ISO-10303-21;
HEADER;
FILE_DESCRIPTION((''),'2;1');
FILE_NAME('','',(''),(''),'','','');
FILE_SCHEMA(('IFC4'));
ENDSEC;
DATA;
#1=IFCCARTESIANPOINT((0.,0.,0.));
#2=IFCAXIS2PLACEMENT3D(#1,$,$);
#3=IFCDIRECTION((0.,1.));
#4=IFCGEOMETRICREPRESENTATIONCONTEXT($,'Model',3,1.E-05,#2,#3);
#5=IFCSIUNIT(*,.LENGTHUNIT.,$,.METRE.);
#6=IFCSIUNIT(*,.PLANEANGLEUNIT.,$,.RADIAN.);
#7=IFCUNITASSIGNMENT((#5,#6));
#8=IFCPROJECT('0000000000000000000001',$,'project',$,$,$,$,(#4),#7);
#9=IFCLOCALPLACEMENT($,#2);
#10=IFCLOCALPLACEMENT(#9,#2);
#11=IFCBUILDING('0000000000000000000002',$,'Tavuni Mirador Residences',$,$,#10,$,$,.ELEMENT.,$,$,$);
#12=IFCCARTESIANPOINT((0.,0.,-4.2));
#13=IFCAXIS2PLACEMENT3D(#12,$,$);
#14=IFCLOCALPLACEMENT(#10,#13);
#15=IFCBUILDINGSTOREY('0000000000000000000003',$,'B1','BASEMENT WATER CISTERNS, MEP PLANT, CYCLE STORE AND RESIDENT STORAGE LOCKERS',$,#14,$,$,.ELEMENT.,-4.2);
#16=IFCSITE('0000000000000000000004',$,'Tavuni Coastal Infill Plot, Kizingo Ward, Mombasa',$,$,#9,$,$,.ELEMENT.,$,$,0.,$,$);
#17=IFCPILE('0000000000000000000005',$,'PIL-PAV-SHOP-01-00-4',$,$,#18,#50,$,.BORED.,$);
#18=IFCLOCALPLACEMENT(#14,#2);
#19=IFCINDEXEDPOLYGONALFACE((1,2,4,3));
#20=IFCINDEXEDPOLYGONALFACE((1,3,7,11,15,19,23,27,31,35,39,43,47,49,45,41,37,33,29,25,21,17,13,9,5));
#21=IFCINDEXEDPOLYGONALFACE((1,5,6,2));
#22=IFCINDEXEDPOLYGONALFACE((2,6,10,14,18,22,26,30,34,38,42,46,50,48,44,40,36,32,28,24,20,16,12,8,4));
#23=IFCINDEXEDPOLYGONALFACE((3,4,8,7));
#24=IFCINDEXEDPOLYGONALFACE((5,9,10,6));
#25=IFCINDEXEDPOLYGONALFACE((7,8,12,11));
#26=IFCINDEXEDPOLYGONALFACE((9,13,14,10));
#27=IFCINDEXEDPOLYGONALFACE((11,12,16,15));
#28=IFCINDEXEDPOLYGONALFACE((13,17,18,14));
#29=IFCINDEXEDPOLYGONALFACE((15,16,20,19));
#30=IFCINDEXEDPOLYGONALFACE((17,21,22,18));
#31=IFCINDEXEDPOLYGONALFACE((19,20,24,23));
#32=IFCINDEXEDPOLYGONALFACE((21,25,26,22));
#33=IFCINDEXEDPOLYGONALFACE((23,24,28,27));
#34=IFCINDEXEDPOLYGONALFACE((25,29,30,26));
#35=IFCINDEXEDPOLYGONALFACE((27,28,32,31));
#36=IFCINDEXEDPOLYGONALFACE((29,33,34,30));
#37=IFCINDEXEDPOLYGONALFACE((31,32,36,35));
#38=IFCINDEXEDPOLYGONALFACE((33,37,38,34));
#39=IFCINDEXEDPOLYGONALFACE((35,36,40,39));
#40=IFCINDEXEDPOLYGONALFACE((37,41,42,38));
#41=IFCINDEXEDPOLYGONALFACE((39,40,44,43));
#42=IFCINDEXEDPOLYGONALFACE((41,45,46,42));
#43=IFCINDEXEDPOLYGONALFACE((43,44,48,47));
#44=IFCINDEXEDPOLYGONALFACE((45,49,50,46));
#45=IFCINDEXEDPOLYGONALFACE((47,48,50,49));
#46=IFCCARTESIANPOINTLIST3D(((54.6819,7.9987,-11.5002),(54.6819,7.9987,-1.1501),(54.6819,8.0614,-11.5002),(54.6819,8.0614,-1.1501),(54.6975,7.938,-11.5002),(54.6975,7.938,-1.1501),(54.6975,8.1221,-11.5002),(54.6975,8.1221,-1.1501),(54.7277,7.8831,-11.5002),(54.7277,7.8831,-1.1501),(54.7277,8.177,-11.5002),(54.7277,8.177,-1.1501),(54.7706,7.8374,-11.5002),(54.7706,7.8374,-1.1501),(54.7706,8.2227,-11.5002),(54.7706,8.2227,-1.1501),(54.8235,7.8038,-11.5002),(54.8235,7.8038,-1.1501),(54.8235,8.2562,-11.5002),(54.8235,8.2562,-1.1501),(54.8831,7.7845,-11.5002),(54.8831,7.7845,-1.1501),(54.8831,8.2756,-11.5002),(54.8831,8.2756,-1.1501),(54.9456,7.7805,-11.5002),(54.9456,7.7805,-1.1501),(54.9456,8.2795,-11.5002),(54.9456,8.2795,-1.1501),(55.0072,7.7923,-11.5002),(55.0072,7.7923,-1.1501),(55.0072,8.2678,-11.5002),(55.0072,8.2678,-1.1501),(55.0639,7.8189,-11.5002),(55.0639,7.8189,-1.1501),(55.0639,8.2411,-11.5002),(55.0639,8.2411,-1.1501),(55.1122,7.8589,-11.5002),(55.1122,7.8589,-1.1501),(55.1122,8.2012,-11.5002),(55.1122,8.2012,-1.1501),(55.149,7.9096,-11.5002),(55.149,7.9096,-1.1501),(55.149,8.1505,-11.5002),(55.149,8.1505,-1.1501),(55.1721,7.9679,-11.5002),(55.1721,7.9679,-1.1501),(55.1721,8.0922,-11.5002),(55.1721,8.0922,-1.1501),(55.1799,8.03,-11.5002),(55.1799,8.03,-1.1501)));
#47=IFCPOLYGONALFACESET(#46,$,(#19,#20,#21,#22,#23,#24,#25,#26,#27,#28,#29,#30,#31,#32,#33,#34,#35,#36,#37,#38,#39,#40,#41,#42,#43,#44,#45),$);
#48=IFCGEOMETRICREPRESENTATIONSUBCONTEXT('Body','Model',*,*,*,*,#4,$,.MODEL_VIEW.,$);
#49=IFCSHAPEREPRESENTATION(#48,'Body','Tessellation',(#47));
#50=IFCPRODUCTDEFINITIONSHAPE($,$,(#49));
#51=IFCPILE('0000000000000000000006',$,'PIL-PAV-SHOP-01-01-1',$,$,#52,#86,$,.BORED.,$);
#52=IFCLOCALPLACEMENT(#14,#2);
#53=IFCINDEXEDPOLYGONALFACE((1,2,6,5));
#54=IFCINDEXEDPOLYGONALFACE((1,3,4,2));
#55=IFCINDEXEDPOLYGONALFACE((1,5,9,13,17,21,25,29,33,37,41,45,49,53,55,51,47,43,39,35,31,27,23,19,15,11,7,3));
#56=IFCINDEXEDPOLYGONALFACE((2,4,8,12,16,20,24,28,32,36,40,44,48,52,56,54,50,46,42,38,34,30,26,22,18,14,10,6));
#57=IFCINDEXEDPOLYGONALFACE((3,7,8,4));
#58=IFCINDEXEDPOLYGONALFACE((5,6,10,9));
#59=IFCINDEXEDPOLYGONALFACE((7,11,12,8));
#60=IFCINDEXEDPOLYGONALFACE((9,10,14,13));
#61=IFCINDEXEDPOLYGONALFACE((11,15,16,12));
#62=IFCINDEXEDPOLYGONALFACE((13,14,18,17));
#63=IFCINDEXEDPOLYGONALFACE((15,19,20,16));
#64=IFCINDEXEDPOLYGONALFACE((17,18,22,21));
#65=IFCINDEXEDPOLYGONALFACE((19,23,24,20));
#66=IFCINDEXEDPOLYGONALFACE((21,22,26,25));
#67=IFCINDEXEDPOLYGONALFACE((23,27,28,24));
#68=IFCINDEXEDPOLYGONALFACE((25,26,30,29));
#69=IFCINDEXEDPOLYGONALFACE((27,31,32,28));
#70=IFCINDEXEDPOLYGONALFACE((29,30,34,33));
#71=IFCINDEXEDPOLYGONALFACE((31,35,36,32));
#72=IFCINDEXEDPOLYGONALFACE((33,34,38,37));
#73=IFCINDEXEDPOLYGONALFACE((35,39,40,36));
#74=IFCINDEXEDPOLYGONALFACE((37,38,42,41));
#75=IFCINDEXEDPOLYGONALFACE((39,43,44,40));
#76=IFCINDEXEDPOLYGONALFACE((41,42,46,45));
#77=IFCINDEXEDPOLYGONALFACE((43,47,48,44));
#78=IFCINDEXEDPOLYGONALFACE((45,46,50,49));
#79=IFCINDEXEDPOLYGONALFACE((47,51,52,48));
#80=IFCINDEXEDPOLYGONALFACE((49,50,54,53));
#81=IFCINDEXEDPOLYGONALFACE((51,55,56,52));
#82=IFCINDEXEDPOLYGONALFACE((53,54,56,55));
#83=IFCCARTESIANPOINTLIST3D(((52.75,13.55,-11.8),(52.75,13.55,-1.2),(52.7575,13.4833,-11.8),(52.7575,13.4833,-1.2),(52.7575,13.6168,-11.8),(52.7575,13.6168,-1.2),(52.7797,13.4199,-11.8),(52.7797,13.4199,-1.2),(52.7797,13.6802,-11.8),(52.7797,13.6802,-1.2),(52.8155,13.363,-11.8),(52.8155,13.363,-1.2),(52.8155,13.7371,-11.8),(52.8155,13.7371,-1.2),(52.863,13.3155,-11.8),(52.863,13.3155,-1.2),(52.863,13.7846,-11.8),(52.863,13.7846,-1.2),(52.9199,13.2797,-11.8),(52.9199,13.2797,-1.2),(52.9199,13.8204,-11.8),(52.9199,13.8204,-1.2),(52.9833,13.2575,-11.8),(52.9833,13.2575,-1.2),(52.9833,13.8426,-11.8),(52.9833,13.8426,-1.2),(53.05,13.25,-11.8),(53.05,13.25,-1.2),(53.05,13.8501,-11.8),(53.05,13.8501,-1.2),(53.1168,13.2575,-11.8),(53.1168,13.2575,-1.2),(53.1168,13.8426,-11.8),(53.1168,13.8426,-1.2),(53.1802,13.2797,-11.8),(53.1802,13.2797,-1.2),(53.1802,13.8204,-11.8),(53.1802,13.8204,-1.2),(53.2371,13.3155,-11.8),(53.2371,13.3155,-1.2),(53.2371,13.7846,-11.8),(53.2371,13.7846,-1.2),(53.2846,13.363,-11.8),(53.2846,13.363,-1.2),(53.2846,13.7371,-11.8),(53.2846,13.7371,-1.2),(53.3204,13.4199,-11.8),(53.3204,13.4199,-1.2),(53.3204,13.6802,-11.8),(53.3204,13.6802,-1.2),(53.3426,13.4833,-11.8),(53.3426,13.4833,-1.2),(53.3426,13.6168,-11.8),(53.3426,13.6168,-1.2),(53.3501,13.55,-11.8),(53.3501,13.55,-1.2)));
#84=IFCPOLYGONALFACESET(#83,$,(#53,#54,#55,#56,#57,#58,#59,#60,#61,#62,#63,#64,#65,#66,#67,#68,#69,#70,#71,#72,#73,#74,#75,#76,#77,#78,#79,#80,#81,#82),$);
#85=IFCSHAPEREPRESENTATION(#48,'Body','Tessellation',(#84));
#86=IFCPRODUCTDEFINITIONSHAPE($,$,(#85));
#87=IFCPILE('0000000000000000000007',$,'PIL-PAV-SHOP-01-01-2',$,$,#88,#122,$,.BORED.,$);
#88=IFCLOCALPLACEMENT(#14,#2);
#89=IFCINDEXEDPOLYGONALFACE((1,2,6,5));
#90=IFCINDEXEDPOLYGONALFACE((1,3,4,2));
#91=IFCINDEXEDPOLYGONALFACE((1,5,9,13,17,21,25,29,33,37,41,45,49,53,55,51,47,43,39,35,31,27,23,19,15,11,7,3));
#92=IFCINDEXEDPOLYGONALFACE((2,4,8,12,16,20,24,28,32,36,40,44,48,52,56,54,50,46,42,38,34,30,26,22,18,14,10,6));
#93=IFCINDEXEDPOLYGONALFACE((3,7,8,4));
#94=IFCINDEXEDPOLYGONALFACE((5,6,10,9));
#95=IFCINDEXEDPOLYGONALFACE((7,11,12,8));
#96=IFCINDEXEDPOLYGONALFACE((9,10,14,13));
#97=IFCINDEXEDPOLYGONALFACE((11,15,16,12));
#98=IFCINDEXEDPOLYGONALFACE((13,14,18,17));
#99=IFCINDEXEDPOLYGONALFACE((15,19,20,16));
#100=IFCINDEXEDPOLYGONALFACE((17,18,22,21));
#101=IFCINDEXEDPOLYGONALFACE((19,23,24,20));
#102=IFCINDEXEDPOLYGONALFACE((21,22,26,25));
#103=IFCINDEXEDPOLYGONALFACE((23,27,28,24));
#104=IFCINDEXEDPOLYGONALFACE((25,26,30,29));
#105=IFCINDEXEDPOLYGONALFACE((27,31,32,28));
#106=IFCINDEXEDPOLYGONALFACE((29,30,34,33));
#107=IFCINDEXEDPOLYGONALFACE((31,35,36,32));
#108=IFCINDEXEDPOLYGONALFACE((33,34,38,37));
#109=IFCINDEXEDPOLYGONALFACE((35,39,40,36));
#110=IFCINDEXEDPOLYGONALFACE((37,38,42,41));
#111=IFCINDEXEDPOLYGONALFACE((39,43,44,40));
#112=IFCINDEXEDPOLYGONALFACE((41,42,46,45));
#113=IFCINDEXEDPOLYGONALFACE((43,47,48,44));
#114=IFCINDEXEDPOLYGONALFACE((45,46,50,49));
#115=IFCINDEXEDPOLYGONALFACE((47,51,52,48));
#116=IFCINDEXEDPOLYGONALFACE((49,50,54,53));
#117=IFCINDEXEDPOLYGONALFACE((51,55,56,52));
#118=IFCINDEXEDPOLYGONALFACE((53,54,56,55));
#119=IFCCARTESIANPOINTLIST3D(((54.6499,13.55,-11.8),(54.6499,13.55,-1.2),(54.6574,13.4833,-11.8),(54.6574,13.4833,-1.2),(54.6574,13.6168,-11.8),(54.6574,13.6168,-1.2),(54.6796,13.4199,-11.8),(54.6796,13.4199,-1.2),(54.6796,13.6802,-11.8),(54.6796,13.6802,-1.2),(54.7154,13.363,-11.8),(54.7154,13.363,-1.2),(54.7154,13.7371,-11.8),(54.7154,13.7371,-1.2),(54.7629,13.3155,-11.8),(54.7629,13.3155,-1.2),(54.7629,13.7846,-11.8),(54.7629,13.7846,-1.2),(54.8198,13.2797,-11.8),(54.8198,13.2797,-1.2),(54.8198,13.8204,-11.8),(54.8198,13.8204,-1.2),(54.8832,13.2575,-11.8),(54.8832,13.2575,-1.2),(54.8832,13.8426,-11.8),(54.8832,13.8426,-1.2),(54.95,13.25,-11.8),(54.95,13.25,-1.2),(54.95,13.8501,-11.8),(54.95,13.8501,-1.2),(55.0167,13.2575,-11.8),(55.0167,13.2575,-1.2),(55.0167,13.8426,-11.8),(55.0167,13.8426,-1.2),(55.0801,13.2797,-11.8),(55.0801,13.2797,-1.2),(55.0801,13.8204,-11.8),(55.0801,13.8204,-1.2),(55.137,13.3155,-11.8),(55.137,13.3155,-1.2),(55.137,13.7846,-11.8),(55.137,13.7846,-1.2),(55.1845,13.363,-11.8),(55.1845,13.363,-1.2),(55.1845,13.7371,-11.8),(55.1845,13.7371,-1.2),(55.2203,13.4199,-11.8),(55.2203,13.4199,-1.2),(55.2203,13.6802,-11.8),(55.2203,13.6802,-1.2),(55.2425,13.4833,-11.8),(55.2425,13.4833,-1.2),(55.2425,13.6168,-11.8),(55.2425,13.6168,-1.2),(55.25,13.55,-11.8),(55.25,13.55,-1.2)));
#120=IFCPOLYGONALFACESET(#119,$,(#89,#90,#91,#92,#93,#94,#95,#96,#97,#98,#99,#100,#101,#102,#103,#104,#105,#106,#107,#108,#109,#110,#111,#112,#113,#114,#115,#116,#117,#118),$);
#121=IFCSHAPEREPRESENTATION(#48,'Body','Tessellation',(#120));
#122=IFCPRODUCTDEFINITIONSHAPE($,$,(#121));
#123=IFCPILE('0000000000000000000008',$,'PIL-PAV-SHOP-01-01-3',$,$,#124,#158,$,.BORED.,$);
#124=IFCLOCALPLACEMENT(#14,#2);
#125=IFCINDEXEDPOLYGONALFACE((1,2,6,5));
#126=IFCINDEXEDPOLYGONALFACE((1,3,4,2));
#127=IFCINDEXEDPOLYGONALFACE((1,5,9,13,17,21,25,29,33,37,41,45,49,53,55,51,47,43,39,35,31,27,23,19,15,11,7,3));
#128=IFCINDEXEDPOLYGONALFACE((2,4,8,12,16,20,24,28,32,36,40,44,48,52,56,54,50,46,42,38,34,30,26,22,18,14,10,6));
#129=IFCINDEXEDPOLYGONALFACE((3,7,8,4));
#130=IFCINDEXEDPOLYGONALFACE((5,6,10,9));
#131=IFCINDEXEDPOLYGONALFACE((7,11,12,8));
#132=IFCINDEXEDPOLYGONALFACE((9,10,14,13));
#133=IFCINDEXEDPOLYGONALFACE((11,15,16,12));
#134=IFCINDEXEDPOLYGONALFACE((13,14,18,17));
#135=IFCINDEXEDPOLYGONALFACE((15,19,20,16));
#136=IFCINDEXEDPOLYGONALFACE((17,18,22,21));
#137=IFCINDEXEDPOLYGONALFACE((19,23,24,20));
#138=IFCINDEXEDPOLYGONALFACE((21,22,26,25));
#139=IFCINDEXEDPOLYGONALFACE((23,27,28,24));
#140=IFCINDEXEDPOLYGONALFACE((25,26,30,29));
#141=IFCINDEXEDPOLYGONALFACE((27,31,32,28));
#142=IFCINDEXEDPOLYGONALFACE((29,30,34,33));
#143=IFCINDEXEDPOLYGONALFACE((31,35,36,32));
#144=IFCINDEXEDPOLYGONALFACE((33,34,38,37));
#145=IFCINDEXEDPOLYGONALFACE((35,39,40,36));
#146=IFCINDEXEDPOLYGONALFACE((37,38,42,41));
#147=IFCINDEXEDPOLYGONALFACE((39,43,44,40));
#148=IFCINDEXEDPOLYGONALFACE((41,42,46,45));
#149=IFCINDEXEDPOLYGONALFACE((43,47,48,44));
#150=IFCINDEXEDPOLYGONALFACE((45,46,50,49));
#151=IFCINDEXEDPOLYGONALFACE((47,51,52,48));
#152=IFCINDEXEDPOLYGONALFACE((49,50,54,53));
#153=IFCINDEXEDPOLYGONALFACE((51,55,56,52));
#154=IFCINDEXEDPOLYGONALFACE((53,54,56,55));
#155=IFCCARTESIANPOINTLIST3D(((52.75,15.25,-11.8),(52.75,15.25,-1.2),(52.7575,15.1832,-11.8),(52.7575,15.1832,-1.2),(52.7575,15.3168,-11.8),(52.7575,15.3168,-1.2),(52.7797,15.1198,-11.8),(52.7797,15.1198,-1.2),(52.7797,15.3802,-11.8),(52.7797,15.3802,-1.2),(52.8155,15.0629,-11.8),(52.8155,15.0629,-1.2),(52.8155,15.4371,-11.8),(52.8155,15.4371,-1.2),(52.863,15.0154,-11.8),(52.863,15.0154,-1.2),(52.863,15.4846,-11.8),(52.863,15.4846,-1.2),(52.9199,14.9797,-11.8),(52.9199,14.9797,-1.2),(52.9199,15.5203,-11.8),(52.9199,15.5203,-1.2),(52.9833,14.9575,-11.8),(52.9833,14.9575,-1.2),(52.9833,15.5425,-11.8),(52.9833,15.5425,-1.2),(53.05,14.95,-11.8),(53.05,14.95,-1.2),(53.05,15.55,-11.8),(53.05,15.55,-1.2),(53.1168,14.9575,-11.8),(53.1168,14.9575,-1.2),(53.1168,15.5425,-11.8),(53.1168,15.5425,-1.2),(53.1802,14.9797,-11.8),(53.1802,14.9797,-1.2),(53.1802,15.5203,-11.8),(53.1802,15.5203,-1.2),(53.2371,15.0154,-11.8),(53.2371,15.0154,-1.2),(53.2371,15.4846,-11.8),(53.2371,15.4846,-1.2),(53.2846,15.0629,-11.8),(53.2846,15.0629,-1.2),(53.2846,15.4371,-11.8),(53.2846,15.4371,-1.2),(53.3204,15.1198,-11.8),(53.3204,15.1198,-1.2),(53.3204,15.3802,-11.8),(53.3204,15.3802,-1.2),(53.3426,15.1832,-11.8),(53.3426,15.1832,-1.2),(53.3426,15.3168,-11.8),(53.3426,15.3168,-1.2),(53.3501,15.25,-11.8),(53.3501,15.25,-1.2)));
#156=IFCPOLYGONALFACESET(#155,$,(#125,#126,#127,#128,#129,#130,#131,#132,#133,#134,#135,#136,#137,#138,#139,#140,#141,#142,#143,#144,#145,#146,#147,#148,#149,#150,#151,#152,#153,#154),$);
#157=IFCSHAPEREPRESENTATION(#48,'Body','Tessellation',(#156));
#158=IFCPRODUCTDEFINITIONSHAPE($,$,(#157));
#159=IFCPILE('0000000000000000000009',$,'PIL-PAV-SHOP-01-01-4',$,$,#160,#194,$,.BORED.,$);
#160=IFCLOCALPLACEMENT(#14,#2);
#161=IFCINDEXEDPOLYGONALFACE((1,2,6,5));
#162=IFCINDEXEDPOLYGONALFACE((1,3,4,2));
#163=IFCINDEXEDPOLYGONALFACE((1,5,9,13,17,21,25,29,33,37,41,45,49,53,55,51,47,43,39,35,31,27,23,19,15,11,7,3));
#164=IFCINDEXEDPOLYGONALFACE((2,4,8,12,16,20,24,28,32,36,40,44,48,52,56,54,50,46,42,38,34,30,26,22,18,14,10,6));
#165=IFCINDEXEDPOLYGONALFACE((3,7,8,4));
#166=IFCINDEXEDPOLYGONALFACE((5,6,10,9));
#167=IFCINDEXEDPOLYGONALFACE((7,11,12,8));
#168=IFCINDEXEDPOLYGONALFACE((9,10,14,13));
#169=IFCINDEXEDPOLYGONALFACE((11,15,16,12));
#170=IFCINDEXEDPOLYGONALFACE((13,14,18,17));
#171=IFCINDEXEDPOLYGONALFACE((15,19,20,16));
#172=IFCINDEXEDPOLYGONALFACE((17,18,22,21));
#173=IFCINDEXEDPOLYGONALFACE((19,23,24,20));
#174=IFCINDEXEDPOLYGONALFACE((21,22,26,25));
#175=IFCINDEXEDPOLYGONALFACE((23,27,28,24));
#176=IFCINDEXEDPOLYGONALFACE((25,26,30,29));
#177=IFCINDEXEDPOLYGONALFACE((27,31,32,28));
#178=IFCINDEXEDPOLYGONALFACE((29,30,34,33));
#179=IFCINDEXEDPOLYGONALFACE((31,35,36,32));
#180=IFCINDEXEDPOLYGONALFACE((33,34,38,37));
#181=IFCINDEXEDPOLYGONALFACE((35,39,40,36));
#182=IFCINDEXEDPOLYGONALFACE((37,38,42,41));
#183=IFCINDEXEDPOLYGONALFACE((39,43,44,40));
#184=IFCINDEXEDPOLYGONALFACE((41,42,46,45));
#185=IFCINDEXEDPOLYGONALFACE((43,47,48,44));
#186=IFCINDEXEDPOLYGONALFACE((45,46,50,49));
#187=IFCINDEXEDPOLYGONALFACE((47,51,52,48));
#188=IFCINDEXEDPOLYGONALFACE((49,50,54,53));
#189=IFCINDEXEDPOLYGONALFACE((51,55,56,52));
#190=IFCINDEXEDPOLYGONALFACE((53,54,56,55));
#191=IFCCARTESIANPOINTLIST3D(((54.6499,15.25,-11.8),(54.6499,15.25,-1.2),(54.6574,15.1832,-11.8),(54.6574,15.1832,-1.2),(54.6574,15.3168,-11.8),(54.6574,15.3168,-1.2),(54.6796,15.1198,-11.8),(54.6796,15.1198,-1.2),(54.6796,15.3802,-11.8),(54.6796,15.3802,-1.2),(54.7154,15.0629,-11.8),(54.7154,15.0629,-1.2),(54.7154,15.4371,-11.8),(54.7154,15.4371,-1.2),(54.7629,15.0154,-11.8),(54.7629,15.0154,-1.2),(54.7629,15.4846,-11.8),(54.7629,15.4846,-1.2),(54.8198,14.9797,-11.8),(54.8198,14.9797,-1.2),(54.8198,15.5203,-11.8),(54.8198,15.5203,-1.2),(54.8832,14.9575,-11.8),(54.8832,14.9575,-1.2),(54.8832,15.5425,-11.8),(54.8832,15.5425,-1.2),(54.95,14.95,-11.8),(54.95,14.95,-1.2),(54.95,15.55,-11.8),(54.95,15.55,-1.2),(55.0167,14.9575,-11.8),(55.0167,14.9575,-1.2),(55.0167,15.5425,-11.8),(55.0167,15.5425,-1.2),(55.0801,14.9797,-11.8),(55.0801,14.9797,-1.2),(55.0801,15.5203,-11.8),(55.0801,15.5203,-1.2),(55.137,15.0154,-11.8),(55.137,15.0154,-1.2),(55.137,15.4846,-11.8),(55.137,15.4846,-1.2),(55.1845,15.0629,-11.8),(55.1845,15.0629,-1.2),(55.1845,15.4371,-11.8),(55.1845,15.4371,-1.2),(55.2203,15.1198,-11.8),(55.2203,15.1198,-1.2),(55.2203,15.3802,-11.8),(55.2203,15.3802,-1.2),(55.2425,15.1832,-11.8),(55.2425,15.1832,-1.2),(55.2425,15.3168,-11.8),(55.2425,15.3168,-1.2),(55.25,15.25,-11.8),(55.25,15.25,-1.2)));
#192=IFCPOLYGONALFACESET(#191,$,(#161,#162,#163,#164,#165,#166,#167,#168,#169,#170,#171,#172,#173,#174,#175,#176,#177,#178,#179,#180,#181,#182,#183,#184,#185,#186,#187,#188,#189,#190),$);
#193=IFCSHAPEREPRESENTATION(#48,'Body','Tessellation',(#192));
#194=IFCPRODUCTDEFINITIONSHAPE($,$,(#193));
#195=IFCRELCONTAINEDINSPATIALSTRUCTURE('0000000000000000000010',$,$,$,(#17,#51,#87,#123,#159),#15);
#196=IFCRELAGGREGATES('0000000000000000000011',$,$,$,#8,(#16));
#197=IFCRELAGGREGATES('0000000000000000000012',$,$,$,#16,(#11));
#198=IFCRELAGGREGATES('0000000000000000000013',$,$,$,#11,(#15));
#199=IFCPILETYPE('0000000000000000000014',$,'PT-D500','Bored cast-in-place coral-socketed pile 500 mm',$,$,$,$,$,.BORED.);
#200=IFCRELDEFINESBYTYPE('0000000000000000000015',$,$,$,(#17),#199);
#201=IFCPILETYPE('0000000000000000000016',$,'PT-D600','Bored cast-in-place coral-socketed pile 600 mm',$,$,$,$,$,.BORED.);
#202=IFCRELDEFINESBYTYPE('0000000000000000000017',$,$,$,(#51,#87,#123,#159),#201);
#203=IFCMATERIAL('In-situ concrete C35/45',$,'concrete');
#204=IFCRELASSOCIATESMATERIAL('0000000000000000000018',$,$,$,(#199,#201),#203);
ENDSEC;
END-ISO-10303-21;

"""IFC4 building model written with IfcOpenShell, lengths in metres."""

from ifc_helpers import new_model, si_unit, direction, frame, origin, origin_2d, place, context, subcontext, project, spatial, circle, extrude, material, material_profile, profile_set, type_object, element, save


model = new_model("IFC4")

# Units and contexts
model_context = context("Model", 3, precision=1e-05, world=origin(), true_north=direction((0.0, 1.0)))
body_context = subcontext(model_context, "Body", "Model", "MODEL_VIEW")
ifc_project = project(units=[si_unit("LENGTHUNIT", "METRE"), si_unit("PLANEANGLEUNIT", "RADIAN")], contexts=[model_context])

# Site, building, storey
site_placement = place(None, origin())
site = spatial("IfcSite", under=ifc_project, at=site_placement, Name="Tavuni Coastal Infill Plot, Kizingo Ward, Mombasa", CompositionType="ELEMENT", RefElevation=0.0)
building_placement = place(site_placement, origin())
building = spatial("IfcBuilding", under=site, at=building_placement, Name="Tavuni Mirador Residences", CompositionType="ELEMENT")
storey_placement = place(building_placement, frame((0.0, 0.0, -4.2)))
storey = spatial("IfcBuildingStorey", under=building, at=storey_placement, Name="B1", Description="BASEMENT WATER CISTERNS, MEP PLANT, CYCLE STORE AND RESIDENT STORAGE LOCKERS", CompositionType="ELEMENT", Elevation=-4.2)

# Shared definitions
ifc_material_1 = material(Name="In-situ concrete C35/45", Category="concrete")

# Piles
ifc_material_profile_1 = material_profile(ifc_material_1, circle(Radius=0.25, at=origin_2d()), Name="PILE D500", Category="concrete")
ifc_profile_set_1 = profile_set([ifc_material_profile_1], Name="In-situ concrete C35/45")
pile_type_1 = type_object("IfcPileType", Name="PT-D500", Description="Bored cast-in-place coral-socketed pile 500 mm", PredefinedType="BORED", material=ifc_profile_set_1)
for number, where, z_axis, x_axis, name in (
    (1, (54.9299, 8.03, -1.1501), (0.0, 0.0, -1.0), (1.0, 0.0, 0.0), "PIL-PAV-SHOP-01-00-4"),
):
    element("IfcPile", number, at=place(storey_placement, frame(where, z_axis=z_axis, x_axis=x_axis)), inside=storey, type_object=pile_type_1, Name=name, PredefinedType="BORED", context=body_context, shape_type="SweptSolid", body=[
        extrude(circle(Radius=0.25, at=origin_2d()), origin(), (0.0, 0.0, 1.0), 10.3501),
    ])
ifc_material_profile_2 = material_profile(ifc_material_1, circle(Radius=0.3, at=origin_2d()), Name="PILE D600", Category="concrete")
ifc_profile_set_2 = profile_set([ifc_material_profile_2], Name="In-situ concrete C35/45")
pile_type_2 = type_object("IfcPileType", Name="PT-D600", Description="Bored cast-in-place coral-socketed pile 600 mm", PredefinedType="BORED", material=ifc_profile_set_2)
for number, where, z_axis, x_axis, name in (
    (2, (53.05, 13.55, -1.2), (0.0, 0.0, -1.0), (1.0, 0.0, 0.0), "PIL-PAV-SHOP-01-01-1"),
    (3, (54.95, 13.55, -1.2), (0.0, 0.0, -1.0), (1.0, 0.0, 0.0), "PIL-PAV-SHOP-01-01-2"),
    (4, (53.05, 15.25, -1.2), (0.0, 0.0, -1.0), (1.0, 0.0, 0.0), "PIL-PAV-SHOP-01-01-3"),
    (5, (54.95, 15.25, -1.2), (0.0, 0.0, -1.0), (1.0, 0.0, 0.0), "PIL-PAV-SHOP-01-01-4"),
):
    element("IfcPile", number, at=place(storey_placement, frame(where, z_axis=z_axis, x_axis=x_axis)), inside=storey, type_object=pile_type_2, Name=name, PredefinedType="BORED", context=body_context, shape_type="SweptSolid", body=[
        extrude(circle(Radius=0.3, at=origin_2d()), origin(), (0.0, 0.0, 1.0), 10.6001),
    ])

save(model, "model.ifc")
